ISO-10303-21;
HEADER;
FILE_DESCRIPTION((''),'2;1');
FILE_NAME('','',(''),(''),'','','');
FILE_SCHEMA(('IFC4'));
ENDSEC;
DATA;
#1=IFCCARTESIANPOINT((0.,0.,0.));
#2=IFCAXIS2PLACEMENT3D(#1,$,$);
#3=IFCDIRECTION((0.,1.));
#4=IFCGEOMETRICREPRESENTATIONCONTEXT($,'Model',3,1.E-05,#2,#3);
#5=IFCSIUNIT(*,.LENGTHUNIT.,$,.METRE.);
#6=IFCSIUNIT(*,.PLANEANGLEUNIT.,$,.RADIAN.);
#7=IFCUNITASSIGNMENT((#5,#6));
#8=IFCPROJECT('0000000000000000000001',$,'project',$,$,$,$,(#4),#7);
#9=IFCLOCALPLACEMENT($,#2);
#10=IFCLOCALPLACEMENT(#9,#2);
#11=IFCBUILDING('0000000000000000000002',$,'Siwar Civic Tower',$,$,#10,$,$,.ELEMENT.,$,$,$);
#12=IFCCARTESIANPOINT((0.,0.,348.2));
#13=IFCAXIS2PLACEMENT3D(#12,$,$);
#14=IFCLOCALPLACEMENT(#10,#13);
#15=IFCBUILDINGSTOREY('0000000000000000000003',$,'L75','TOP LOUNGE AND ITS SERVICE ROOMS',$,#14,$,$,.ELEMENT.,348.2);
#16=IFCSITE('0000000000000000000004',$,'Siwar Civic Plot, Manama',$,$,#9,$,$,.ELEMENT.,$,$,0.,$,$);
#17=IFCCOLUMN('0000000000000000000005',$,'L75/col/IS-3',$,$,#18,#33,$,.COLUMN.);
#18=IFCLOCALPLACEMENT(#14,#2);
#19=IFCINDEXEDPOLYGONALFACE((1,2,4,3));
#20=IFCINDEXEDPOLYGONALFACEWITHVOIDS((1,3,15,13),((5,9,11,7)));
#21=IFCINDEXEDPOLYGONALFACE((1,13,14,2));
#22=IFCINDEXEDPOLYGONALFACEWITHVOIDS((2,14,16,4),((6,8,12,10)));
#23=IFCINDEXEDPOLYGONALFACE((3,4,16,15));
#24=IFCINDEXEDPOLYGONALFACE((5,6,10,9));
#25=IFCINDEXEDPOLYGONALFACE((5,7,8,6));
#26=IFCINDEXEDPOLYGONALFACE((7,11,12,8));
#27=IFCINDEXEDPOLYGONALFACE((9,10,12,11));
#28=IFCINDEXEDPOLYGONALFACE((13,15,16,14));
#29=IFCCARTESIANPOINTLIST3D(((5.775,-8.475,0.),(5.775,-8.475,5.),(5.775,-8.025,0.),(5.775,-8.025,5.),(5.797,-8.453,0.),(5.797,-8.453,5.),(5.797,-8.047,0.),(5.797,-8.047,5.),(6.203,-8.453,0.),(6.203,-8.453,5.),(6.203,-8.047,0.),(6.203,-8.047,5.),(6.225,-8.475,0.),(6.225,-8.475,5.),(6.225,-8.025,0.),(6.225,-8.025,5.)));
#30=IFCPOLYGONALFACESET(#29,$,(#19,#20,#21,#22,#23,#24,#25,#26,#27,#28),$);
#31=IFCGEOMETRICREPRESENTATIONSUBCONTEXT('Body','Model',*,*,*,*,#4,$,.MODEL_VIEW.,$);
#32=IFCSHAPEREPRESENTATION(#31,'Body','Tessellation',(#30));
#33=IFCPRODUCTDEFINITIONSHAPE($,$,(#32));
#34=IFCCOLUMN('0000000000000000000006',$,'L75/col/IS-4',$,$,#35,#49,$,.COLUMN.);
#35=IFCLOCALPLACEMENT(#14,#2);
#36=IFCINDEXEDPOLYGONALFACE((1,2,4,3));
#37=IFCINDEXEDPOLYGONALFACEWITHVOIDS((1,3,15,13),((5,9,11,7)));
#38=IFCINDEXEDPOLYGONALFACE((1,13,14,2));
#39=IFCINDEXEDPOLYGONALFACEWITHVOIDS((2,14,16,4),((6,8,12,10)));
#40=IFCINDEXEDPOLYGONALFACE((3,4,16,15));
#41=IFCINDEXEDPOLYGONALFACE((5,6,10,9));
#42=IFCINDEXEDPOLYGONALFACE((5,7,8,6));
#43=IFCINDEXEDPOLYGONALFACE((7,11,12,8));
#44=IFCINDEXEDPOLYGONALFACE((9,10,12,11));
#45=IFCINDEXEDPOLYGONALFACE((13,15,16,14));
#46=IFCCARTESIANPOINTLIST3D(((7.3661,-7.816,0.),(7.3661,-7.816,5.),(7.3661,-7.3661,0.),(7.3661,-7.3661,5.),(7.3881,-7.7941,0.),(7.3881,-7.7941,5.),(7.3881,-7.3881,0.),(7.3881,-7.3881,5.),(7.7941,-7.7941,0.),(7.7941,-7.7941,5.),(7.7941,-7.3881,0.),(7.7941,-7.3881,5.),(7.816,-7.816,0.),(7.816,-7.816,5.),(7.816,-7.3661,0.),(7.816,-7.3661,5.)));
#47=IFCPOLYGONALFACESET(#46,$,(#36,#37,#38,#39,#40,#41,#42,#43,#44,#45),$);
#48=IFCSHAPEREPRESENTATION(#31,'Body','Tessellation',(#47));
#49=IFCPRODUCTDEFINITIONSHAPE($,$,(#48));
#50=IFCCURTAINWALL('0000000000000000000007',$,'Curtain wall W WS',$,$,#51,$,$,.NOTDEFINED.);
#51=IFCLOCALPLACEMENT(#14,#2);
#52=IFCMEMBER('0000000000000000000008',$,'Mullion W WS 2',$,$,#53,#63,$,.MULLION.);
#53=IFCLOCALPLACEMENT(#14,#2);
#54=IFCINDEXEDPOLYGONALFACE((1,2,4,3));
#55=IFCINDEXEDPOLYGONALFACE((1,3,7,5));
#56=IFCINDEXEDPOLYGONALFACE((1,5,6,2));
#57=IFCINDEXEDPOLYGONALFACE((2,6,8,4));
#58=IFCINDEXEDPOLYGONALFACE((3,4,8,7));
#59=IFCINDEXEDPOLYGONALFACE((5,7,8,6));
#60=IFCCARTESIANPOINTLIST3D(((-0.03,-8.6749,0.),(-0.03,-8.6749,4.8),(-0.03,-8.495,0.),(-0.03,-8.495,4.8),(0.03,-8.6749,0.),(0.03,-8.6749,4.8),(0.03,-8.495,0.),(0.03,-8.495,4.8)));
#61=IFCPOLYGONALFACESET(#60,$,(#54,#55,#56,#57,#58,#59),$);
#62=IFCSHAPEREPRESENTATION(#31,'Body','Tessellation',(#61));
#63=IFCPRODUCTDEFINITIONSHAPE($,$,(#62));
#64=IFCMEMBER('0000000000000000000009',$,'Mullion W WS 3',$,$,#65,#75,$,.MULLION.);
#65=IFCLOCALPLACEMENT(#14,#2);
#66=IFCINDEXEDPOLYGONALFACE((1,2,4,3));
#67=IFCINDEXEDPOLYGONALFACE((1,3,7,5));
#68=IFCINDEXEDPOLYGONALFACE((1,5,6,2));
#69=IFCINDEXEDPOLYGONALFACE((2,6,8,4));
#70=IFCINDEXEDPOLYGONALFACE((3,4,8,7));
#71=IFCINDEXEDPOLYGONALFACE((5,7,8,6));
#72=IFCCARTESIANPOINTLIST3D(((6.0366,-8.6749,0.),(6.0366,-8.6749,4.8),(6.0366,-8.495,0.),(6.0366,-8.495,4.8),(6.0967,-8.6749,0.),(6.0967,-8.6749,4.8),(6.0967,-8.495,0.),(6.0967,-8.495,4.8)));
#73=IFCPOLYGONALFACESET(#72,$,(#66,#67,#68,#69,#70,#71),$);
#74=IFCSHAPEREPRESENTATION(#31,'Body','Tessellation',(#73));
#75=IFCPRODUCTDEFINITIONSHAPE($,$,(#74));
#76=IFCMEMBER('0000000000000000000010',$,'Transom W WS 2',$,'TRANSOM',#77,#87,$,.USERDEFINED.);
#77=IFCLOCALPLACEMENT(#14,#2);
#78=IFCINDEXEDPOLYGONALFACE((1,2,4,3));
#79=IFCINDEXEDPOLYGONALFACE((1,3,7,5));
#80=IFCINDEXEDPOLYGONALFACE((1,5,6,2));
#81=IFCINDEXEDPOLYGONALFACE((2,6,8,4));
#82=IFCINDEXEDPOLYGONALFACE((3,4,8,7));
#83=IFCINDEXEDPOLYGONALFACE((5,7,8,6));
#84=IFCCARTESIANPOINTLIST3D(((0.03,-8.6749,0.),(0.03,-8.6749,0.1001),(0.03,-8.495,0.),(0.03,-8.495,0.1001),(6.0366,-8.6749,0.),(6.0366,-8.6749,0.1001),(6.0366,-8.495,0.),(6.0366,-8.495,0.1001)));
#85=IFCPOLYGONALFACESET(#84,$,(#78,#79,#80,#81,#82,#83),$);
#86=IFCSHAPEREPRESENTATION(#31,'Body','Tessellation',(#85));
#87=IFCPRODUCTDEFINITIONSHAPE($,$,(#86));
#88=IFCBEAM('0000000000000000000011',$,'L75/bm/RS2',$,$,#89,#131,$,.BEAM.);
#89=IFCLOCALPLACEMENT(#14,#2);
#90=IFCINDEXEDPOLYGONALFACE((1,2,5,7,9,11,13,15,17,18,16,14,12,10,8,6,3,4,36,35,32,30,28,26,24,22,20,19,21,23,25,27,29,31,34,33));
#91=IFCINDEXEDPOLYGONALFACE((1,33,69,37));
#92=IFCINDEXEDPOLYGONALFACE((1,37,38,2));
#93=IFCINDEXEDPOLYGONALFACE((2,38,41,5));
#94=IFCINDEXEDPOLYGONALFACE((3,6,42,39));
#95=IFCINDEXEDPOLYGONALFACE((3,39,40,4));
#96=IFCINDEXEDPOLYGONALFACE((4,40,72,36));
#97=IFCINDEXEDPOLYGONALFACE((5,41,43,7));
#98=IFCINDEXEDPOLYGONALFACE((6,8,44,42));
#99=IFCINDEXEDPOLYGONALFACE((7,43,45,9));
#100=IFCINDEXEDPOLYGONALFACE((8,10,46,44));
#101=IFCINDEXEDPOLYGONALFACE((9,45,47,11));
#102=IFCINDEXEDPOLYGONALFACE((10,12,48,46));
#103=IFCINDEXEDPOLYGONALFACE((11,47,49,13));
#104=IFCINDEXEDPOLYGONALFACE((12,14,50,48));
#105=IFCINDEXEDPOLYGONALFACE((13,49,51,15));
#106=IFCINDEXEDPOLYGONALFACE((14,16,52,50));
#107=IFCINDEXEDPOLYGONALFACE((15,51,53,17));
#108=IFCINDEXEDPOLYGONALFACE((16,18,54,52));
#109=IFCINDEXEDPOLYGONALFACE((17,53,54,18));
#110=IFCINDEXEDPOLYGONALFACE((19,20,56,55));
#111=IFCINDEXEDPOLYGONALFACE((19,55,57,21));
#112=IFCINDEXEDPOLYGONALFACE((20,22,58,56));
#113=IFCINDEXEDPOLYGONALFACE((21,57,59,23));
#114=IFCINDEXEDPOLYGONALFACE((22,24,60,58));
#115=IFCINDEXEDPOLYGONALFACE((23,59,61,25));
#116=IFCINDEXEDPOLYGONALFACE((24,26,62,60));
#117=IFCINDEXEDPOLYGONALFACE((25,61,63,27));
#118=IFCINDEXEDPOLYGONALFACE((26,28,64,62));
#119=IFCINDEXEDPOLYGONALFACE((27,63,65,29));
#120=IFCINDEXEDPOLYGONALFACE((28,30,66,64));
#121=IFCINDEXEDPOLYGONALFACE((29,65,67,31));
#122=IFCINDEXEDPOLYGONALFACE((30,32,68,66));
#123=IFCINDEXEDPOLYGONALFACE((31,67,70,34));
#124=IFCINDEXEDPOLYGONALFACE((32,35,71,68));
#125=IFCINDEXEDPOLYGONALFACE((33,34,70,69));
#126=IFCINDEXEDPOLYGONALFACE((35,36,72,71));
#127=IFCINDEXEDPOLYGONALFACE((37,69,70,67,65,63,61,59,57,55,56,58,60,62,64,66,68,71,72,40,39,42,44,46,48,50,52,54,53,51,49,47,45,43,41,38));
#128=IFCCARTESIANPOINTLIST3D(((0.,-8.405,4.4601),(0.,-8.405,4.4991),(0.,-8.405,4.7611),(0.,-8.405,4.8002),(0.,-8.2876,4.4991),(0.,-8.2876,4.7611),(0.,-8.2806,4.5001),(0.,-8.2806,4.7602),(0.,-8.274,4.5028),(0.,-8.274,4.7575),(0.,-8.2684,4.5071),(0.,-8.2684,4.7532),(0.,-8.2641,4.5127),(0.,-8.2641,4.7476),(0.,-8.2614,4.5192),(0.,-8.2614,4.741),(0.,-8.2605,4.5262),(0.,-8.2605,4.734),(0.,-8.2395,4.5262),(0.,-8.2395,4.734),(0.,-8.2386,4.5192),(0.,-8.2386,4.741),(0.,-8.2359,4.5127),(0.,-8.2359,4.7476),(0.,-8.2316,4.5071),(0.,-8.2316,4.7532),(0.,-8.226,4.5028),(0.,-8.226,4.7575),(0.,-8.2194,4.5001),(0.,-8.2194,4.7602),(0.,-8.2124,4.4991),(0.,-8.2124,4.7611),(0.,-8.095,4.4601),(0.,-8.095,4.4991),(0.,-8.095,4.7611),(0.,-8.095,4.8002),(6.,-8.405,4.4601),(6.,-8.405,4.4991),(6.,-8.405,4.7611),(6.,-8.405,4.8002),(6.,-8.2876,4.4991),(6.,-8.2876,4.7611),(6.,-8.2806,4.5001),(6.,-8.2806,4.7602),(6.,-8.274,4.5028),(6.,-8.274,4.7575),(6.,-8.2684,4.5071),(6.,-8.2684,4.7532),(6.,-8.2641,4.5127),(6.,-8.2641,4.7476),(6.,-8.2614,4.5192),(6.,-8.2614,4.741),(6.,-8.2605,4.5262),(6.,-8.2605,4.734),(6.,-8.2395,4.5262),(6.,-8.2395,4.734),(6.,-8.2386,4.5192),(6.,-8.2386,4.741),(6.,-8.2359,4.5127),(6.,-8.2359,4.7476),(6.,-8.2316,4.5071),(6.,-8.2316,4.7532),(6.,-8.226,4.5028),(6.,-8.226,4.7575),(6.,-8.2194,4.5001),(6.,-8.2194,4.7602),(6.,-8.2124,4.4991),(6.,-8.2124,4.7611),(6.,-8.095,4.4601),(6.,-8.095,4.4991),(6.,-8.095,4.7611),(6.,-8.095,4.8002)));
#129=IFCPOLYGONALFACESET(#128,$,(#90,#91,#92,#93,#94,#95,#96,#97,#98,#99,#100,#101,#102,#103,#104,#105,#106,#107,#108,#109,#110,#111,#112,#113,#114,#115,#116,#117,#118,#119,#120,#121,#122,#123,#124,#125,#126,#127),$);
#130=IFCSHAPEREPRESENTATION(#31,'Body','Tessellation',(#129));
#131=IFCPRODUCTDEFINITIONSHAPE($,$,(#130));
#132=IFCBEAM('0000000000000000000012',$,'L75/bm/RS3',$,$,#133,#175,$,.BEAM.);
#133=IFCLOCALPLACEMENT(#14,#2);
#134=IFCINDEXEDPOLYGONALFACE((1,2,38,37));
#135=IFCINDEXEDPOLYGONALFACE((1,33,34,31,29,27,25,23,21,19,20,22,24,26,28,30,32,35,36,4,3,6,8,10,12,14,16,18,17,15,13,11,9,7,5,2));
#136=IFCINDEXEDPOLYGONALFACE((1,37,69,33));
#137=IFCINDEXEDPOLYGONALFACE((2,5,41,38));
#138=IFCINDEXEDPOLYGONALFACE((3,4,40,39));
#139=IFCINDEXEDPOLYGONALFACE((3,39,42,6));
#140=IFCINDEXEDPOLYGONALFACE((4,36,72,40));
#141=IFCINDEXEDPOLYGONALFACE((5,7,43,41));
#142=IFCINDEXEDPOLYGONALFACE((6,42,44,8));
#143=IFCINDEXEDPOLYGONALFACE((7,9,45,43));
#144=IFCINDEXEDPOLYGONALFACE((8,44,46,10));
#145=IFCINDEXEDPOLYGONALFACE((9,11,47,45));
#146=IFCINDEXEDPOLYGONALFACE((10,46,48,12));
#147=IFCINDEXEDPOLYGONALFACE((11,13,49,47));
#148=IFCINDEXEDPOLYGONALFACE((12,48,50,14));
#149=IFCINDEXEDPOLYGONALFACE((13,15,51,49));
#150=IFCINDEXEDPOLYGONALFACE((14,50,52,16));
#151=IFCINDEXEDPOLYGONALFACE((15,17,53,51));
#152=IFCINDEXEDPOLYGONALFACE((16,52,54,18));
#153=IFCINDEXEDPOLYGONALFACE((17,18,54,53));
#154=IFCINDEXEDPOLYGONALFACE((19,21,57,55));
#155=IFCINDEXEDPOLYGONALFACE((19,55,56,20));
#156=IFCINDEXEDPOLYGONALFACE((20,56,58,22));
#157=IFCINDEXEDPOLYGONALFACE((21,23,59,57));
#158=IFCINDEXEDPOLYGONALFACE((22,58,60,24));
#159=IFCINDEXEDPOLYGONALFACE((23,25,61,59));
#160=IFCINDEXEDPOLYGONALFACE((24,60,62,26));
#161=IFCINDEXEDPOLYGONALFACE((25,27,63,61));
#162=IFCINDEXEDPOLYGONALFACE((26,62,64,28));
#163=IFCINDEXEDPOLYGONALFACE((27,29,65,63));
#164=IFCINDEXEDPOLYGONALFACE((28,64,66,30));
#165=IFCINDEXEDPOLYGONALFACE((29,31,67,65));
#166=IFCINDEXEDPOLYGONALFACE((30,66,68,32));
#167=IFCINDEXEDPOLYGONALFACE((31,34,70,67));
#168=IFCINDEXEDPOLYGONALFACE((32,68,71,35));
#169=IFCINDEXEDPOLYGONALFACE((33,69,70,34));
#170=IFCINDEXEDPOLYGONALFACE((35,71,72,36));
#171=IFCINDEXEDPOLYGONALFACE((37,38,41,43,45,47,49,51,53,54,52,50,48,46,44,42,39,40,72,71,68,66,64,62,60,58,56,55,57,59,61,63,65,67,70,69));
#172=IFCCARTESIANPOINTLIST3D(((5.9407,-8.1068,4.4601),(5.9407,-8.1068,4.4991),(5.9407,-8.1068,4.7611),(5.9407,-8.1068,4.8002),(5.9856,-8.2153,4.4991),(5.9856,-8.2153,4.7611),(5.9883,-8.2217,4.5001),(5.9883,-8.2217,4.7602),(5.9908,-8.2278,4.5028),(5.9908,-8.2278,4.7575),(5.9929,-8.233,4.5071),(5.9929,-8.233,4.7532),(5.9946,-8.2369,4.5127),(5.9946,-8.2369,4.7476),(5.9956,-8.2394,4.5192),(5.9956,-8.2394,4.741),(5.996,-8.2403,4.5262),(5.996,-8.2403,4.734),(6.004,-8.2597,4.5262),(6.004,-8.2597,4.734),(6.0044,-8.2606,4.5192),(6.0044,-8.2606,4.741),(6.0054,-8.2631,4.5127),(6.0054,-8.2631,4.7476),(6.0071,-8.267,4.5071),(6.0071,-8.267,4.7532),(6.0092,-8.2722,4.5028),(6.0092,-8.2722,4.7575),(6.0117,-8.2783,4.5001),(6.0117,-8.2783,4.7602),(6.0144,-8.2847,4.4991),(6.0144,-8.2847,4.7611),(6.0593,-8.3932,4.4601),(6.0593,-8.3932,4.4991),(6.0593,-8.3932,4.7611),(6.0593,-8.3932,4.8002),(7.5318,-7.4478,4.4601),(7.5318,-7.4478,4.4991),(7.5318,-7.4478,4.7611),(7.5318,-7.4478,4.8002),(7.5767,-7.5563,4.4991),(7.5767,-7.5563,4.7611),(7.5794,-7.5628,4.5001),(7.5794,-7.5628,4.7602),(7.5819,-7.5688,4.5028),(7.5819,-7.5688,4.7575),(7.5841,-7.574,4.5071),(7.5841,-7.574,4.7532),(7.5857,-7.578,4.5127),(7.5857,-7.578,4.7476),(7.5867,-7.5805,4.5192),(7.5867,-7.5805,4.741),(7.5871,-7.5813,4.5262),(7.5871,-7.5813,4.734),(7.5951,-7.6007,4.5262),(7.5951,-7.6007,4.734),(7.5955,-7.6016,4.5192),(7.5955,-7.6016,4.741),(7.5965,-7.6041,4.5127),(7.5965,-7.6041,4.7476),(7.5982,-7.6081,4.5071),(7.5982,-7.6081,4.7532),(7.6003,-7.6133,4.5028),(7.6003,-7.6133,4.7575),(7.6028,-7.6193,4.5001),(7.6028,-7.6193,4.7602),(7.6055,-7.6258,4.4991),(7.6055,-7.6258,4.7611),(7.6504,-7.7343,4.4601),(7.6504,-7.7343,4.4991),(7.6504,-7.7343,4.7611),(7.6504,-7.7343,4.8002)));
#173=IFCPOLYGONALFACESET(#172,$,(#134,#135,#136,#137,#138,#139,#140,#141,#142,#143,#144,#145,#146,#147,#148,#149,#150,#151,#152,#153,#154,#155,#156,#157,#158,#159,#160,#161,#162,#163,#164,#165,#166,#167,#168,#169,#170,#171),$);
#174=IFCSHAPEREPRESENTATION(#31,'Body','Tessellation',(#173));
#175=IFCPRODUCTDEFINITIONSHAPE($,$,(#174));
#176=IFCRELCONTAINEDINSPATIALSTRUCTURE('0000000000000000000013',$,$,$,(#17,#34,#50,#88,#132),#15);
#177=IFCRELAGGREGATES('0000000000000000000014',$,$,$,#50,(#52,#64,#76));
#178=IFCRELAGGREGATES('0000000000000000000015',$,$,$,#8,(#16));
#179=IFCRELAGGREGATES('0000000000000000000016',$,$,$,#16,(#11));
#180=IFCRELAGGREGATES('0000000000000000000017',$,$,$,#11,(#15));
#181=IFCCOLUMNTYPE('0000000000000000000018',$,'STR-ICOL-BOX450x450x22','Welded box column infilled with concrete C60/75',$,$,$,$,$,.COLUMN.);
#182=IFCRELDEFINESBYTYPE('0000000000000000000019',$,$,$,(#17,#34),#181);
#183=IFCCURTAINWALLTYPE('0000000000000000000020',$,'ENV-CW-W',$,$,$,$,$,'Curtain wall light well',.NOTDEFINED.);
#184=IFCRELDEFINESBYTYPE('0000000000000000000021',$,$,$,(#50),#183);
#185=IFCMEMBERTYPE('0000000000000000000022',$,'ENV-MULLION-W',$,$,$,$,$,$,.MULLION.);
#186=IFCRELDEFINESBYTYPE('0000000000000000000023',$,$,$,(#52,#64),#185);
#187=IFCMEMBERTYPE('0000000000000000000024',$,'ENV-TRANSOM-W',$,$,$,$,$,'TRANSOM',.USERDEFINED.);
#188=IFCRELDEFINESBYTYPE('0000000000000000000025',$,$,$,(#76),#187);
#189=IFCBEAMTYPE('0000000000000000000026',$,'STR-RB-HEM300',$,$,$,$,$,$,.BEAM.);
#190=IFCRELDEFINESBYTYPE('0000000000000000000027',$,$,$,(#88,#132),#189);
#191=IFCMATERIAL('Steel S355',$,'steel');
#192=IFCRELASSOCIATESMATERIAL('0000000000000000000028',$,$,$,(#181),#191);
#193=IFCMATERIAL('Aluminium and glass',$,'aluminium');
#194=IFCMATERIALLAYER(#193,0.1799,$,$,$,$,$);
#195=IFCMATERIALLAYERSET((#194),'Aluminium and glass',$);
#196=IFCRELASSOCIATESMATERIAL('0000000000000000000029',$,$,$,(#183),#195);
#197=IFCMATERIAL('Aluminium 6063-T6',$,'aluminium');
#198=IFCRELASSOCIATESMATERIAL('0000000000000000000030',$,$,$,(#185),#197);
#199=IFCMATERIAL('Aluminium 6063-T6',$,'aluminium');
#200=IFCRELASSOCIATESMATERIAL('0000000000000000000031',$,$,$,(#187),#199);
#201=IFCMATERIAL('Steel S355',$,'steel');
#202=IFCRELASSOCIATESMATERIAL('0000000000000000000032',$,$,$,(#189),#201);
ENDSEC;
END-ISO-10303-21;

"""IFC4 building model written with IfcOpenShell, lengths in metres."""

from ifc_helpers import new_model, si_unit, direction, frame, origin, origin_2d, place, context, subcontext, project, spatial, rectangle, hollow_rectangle, i_section, extrude, material, layer, layer_set, material_profile, profile_set, type_object, element, aggregate, save


model = new_model("IFC4")

# Units and contexts
model_context = context("Model", 3, precision=1e-05, world=origin(), true_north=direction((0.0, 1.0)))
body_context = subcontext(model_context, "Body", "Model", "MODEL_VIEW")
ifc_project = project(units=[si_unit("LENGTHUNIT", "METRE"), si_unit("PLANEANGLEUNIT", "RADIAN")], contexts=[model_context])

# Site, building, storey
site_placement = place(None, origin())
site = spatial("IfcSite", under=ifc_project, at=site_placement, Name="Siwar Civic Plot, Manama", CompositionType="ELEMENT", RefElevation=0.0)
building_placement = place(site_placement, origin())
building = spatial("IfcBuilding", under=site, at=building_placement, Name="Siwar Civic Tower", CompositionType="ELEMENT")
storey_placement = place(building_placement, frame((0.0, 0.0, 348.2)))
storey = spatial("IfcBuildingStorey", under=building, at=storey_placement, Name="L75", Description="TOP LOUNGE AND ITS SERVICE ROOMS", CompositionType="ELEMENT", Elevation=348.2)

# Columns
ifc_material_1 = material(Name="Steel S355", Category="steel")
ifc_material_profile_1 = material_profile(ifc_material_1, hollow_rectangle(XDim=0.45, YDim=0.45, WallThickness=0.022, at=origin_2d()), Name="BOX450x450x22")
ifc_profile_set_1 = profile_set([ifc_material_profile_1], Name="Steel S355")
column_type = type_object("IfcColumnType", Name="STR-ICOL-BOX450x450x22", Description="Welded box column infilled with concrete C60/75", PredefinedType="COLUMN", material=ifc_profile_set_1)
for number, where, z_axis, x_axis, name in (
    (1, (6.0, -8.25, 0.0), (0.0, 0.0, 1.0), (1.0, 0.0, 0.0), "L75/col/IS-3"),
    (2, (7.5911, -7.5911, 0.0), (0.0, 0.0, 1.0), (1.0, 0.0, 0.0), "L75/col/IS-4"),
):
    element("IfcColumn", number, at=place(storey_placement, frame(where, z_axis=z_axis, x_axis=x_axis)), inside=storey, type_object=column_type, Name=name, PredefinedType="COLUMN", context=body_context, shape_type="SweptSolid", body=[
        extrude(hollow_rectangle(XDim=0.45, YDim=0.45, WallThickness=0.022, at=origin_2d()), origin(), (0.0, 0.0, 1.0), 5.0),
    ])

# Curtain wall, members
ifc_material_2 = material(Name="Aluminium and glass", Category="aluminium")
ifc_layer_1 = layer(ifc_material_2, 0.1799)
ifc_layer_set_1 = layer_set([ifc_layer_1], Name="Aluminium and glass")
curtain_wall_type = type_object("IfcCurtainWallType", Name="ENV-CW-W", ElementType="Curtain wall light well", PredefinedType="NOTDEFINED", material=ifc_layer_set_1)
curtain_wall_placement = place(storey_placement, origin())
curtain_wall = element("IfcCurtainWall", 3, at=curtain_wall_placement, inside=storey, type_object=curtain_wall_type, Name="Curtain wall W WS", PredefinedType="NOTDEFINED")
ifc_material_3 = material(Name="Aluminium 6063-T6", Category="aluminium")
ifc_material_profile_2 = material_profile(ifc_material_3, rectangle(XDim=0.1799, YDim=0.0601, at=origin_2d()), Name="AL 180x60")
ifc_profile_set_2 = profile_set([ifc_material_profile_2], Name="Aluminium 6063-T6")
member_type_1 = type_object("IfcMemberType", Name="ENV-MULLION-W", PredefinedType="MULLION", material=ifc_profile_set_2)
member_1_placement = place(storey_placement, frame((0.0, -8.585, 0.0), z_axis=(0.0, 0.0, 1.0), x_axis=(0.0, 1.0, 0.0)))
member_1 = element("IfcMember", 4, at=member_1_placement, type_object=member_type_1, Name="Mullion W WS 2", PredefinedType="MULLION", context=body_context, shape_type="SweptSolid", body=[
    extrude(rectangle(XDim=0.1799, YDim=0.0601, at=origin_2d()), origin(), (0.0, 0.0, 1.0), 4.8),
])
member_2_placement = place(storey_placement, frame((6.0667, -8.585, 0.0), z_axis=(0.0, 0.0, 1.0), x_axis=(0.0, 1.0, 0.0)))
member_2 = element("IfcMember", 5, at=member_2_placement, type_object=member_type_1, Name="Mullion W WS 3", PredefinedType="MULLION", context=body_context, shape_type="SweptSolid", body=[
    extrude(rectangle(XDim=0.1799, YDim=0.0601, at=origin_2d()), origin(), (0.0, 0.0, 1.0), 4.8),
])
ifc_material_4 = material(Name="Aluminium 6063-T6", Category="aluminium")
ifc_material_profile_3 = material_profile(ifc_material_4, rectangle(XDim=0.1799, YDim=0.1001, at=origin_2d()), Name="AL 180x100")
ifc_profile_set_3 = profile_set([ifc_material_profile_3], Name="Aluminium 6063-T6")
member_type_2 = type_object("IfcMemberType", Name="ENV-TRANSOM-W", ElementType="TRANSOM", PredefinedType="USERDEFINED", material=ifc_profile_set_3)
member_3_placement = place(storey_placement, frame((0.03, -8.585, 0.05), z_axis=(1.0, 0.0, 0.0), x_axis=(0.0, 1.0, 0.0)))
member_3 = element("IfcMember", 6, at=member_3_placement, type_object=member_type_2, Name="Transom W WS 2", ObjectType="TRANSOM", PredefinedType="USERDEFINED", context=body_context, shape_type="SweptSolid", body=[
    extrude(rectangle(XDim=0.1799, YDim=0.1001, at=origin_2d()), origin(), (0.0, 0.0, 1.0), 6.0066),
])

# Beams
ifc_material_5 = material(Name="Steel S355", Category="steel")
ifc_material_profile_4 = material_profile(ifc_material_5, i_section(OverallWidth=0.3101, OverallDepth=0.3401, WebThickness=0.021, FlangeThickness=0.0391, FilletRadius=0.0271, at=origin_2d()), Name="HEM300")
ifc_profile_set_4 = profile_set([ifc_material_profile_4], Name="Steel S355")
beam_type = type_object("IfcBeamType", Name="STR-RB-HEM300", PredefinedType="BEAM", material=ifc_profile_set_4)
beam_placement = place(storey_placement, frame((0.0, -8.25, 4.6301), z_axis=(1.0, 0.0, 0.0), x_axis=(0.0, 1.0, 0.0)))
element("IfcBeam", 7, at=beam_placement, inside=storey, type_object=beam_type, Name="L75/bm/RS2", PredefinedType="BEAM", context=body_context, shape_type="SweptSolid", body=[
    extrude(i_section(OverallWidth=0.3101, OverallDepth=0.3401, WebThickness=0.021, FlangeThickness=0.0391, FilletRadius=0.0271, at=origin_2d()), origin(), (0.0, 0.0, 1.0), 6.0),
])
for number, where, z_axis, x_axis, name in (
    (8, (6.0, -8.25, 4.6301), (0.923901, 0.382631, 0.0), (-0.382631, 0.923901, 0.0), "L75/bm/RS3"),
):
    element("IfcBeam", number, at=place(storey_placement, frame(where, z_axis=z_axis, x_axis=x_axis)), inside=storey, type_object=beam_type, Name=name, PredefinedType="BEAM", context=body_context, shape_type="SweptSolid", body=[
        extrude(i_section(OverallWidth=0.3101, OverallDepth=0.3401, WebThickness=0.021, FlangeThickness=0.0391, FilletRadius=0.0271, at=origin_2d()), origin(), (0.0, 0.0, 1.0), 1.7222),
    ])

aggregate(curtain_wall, [member_1, member_2, member_3])

save(model, "model.ifc")
